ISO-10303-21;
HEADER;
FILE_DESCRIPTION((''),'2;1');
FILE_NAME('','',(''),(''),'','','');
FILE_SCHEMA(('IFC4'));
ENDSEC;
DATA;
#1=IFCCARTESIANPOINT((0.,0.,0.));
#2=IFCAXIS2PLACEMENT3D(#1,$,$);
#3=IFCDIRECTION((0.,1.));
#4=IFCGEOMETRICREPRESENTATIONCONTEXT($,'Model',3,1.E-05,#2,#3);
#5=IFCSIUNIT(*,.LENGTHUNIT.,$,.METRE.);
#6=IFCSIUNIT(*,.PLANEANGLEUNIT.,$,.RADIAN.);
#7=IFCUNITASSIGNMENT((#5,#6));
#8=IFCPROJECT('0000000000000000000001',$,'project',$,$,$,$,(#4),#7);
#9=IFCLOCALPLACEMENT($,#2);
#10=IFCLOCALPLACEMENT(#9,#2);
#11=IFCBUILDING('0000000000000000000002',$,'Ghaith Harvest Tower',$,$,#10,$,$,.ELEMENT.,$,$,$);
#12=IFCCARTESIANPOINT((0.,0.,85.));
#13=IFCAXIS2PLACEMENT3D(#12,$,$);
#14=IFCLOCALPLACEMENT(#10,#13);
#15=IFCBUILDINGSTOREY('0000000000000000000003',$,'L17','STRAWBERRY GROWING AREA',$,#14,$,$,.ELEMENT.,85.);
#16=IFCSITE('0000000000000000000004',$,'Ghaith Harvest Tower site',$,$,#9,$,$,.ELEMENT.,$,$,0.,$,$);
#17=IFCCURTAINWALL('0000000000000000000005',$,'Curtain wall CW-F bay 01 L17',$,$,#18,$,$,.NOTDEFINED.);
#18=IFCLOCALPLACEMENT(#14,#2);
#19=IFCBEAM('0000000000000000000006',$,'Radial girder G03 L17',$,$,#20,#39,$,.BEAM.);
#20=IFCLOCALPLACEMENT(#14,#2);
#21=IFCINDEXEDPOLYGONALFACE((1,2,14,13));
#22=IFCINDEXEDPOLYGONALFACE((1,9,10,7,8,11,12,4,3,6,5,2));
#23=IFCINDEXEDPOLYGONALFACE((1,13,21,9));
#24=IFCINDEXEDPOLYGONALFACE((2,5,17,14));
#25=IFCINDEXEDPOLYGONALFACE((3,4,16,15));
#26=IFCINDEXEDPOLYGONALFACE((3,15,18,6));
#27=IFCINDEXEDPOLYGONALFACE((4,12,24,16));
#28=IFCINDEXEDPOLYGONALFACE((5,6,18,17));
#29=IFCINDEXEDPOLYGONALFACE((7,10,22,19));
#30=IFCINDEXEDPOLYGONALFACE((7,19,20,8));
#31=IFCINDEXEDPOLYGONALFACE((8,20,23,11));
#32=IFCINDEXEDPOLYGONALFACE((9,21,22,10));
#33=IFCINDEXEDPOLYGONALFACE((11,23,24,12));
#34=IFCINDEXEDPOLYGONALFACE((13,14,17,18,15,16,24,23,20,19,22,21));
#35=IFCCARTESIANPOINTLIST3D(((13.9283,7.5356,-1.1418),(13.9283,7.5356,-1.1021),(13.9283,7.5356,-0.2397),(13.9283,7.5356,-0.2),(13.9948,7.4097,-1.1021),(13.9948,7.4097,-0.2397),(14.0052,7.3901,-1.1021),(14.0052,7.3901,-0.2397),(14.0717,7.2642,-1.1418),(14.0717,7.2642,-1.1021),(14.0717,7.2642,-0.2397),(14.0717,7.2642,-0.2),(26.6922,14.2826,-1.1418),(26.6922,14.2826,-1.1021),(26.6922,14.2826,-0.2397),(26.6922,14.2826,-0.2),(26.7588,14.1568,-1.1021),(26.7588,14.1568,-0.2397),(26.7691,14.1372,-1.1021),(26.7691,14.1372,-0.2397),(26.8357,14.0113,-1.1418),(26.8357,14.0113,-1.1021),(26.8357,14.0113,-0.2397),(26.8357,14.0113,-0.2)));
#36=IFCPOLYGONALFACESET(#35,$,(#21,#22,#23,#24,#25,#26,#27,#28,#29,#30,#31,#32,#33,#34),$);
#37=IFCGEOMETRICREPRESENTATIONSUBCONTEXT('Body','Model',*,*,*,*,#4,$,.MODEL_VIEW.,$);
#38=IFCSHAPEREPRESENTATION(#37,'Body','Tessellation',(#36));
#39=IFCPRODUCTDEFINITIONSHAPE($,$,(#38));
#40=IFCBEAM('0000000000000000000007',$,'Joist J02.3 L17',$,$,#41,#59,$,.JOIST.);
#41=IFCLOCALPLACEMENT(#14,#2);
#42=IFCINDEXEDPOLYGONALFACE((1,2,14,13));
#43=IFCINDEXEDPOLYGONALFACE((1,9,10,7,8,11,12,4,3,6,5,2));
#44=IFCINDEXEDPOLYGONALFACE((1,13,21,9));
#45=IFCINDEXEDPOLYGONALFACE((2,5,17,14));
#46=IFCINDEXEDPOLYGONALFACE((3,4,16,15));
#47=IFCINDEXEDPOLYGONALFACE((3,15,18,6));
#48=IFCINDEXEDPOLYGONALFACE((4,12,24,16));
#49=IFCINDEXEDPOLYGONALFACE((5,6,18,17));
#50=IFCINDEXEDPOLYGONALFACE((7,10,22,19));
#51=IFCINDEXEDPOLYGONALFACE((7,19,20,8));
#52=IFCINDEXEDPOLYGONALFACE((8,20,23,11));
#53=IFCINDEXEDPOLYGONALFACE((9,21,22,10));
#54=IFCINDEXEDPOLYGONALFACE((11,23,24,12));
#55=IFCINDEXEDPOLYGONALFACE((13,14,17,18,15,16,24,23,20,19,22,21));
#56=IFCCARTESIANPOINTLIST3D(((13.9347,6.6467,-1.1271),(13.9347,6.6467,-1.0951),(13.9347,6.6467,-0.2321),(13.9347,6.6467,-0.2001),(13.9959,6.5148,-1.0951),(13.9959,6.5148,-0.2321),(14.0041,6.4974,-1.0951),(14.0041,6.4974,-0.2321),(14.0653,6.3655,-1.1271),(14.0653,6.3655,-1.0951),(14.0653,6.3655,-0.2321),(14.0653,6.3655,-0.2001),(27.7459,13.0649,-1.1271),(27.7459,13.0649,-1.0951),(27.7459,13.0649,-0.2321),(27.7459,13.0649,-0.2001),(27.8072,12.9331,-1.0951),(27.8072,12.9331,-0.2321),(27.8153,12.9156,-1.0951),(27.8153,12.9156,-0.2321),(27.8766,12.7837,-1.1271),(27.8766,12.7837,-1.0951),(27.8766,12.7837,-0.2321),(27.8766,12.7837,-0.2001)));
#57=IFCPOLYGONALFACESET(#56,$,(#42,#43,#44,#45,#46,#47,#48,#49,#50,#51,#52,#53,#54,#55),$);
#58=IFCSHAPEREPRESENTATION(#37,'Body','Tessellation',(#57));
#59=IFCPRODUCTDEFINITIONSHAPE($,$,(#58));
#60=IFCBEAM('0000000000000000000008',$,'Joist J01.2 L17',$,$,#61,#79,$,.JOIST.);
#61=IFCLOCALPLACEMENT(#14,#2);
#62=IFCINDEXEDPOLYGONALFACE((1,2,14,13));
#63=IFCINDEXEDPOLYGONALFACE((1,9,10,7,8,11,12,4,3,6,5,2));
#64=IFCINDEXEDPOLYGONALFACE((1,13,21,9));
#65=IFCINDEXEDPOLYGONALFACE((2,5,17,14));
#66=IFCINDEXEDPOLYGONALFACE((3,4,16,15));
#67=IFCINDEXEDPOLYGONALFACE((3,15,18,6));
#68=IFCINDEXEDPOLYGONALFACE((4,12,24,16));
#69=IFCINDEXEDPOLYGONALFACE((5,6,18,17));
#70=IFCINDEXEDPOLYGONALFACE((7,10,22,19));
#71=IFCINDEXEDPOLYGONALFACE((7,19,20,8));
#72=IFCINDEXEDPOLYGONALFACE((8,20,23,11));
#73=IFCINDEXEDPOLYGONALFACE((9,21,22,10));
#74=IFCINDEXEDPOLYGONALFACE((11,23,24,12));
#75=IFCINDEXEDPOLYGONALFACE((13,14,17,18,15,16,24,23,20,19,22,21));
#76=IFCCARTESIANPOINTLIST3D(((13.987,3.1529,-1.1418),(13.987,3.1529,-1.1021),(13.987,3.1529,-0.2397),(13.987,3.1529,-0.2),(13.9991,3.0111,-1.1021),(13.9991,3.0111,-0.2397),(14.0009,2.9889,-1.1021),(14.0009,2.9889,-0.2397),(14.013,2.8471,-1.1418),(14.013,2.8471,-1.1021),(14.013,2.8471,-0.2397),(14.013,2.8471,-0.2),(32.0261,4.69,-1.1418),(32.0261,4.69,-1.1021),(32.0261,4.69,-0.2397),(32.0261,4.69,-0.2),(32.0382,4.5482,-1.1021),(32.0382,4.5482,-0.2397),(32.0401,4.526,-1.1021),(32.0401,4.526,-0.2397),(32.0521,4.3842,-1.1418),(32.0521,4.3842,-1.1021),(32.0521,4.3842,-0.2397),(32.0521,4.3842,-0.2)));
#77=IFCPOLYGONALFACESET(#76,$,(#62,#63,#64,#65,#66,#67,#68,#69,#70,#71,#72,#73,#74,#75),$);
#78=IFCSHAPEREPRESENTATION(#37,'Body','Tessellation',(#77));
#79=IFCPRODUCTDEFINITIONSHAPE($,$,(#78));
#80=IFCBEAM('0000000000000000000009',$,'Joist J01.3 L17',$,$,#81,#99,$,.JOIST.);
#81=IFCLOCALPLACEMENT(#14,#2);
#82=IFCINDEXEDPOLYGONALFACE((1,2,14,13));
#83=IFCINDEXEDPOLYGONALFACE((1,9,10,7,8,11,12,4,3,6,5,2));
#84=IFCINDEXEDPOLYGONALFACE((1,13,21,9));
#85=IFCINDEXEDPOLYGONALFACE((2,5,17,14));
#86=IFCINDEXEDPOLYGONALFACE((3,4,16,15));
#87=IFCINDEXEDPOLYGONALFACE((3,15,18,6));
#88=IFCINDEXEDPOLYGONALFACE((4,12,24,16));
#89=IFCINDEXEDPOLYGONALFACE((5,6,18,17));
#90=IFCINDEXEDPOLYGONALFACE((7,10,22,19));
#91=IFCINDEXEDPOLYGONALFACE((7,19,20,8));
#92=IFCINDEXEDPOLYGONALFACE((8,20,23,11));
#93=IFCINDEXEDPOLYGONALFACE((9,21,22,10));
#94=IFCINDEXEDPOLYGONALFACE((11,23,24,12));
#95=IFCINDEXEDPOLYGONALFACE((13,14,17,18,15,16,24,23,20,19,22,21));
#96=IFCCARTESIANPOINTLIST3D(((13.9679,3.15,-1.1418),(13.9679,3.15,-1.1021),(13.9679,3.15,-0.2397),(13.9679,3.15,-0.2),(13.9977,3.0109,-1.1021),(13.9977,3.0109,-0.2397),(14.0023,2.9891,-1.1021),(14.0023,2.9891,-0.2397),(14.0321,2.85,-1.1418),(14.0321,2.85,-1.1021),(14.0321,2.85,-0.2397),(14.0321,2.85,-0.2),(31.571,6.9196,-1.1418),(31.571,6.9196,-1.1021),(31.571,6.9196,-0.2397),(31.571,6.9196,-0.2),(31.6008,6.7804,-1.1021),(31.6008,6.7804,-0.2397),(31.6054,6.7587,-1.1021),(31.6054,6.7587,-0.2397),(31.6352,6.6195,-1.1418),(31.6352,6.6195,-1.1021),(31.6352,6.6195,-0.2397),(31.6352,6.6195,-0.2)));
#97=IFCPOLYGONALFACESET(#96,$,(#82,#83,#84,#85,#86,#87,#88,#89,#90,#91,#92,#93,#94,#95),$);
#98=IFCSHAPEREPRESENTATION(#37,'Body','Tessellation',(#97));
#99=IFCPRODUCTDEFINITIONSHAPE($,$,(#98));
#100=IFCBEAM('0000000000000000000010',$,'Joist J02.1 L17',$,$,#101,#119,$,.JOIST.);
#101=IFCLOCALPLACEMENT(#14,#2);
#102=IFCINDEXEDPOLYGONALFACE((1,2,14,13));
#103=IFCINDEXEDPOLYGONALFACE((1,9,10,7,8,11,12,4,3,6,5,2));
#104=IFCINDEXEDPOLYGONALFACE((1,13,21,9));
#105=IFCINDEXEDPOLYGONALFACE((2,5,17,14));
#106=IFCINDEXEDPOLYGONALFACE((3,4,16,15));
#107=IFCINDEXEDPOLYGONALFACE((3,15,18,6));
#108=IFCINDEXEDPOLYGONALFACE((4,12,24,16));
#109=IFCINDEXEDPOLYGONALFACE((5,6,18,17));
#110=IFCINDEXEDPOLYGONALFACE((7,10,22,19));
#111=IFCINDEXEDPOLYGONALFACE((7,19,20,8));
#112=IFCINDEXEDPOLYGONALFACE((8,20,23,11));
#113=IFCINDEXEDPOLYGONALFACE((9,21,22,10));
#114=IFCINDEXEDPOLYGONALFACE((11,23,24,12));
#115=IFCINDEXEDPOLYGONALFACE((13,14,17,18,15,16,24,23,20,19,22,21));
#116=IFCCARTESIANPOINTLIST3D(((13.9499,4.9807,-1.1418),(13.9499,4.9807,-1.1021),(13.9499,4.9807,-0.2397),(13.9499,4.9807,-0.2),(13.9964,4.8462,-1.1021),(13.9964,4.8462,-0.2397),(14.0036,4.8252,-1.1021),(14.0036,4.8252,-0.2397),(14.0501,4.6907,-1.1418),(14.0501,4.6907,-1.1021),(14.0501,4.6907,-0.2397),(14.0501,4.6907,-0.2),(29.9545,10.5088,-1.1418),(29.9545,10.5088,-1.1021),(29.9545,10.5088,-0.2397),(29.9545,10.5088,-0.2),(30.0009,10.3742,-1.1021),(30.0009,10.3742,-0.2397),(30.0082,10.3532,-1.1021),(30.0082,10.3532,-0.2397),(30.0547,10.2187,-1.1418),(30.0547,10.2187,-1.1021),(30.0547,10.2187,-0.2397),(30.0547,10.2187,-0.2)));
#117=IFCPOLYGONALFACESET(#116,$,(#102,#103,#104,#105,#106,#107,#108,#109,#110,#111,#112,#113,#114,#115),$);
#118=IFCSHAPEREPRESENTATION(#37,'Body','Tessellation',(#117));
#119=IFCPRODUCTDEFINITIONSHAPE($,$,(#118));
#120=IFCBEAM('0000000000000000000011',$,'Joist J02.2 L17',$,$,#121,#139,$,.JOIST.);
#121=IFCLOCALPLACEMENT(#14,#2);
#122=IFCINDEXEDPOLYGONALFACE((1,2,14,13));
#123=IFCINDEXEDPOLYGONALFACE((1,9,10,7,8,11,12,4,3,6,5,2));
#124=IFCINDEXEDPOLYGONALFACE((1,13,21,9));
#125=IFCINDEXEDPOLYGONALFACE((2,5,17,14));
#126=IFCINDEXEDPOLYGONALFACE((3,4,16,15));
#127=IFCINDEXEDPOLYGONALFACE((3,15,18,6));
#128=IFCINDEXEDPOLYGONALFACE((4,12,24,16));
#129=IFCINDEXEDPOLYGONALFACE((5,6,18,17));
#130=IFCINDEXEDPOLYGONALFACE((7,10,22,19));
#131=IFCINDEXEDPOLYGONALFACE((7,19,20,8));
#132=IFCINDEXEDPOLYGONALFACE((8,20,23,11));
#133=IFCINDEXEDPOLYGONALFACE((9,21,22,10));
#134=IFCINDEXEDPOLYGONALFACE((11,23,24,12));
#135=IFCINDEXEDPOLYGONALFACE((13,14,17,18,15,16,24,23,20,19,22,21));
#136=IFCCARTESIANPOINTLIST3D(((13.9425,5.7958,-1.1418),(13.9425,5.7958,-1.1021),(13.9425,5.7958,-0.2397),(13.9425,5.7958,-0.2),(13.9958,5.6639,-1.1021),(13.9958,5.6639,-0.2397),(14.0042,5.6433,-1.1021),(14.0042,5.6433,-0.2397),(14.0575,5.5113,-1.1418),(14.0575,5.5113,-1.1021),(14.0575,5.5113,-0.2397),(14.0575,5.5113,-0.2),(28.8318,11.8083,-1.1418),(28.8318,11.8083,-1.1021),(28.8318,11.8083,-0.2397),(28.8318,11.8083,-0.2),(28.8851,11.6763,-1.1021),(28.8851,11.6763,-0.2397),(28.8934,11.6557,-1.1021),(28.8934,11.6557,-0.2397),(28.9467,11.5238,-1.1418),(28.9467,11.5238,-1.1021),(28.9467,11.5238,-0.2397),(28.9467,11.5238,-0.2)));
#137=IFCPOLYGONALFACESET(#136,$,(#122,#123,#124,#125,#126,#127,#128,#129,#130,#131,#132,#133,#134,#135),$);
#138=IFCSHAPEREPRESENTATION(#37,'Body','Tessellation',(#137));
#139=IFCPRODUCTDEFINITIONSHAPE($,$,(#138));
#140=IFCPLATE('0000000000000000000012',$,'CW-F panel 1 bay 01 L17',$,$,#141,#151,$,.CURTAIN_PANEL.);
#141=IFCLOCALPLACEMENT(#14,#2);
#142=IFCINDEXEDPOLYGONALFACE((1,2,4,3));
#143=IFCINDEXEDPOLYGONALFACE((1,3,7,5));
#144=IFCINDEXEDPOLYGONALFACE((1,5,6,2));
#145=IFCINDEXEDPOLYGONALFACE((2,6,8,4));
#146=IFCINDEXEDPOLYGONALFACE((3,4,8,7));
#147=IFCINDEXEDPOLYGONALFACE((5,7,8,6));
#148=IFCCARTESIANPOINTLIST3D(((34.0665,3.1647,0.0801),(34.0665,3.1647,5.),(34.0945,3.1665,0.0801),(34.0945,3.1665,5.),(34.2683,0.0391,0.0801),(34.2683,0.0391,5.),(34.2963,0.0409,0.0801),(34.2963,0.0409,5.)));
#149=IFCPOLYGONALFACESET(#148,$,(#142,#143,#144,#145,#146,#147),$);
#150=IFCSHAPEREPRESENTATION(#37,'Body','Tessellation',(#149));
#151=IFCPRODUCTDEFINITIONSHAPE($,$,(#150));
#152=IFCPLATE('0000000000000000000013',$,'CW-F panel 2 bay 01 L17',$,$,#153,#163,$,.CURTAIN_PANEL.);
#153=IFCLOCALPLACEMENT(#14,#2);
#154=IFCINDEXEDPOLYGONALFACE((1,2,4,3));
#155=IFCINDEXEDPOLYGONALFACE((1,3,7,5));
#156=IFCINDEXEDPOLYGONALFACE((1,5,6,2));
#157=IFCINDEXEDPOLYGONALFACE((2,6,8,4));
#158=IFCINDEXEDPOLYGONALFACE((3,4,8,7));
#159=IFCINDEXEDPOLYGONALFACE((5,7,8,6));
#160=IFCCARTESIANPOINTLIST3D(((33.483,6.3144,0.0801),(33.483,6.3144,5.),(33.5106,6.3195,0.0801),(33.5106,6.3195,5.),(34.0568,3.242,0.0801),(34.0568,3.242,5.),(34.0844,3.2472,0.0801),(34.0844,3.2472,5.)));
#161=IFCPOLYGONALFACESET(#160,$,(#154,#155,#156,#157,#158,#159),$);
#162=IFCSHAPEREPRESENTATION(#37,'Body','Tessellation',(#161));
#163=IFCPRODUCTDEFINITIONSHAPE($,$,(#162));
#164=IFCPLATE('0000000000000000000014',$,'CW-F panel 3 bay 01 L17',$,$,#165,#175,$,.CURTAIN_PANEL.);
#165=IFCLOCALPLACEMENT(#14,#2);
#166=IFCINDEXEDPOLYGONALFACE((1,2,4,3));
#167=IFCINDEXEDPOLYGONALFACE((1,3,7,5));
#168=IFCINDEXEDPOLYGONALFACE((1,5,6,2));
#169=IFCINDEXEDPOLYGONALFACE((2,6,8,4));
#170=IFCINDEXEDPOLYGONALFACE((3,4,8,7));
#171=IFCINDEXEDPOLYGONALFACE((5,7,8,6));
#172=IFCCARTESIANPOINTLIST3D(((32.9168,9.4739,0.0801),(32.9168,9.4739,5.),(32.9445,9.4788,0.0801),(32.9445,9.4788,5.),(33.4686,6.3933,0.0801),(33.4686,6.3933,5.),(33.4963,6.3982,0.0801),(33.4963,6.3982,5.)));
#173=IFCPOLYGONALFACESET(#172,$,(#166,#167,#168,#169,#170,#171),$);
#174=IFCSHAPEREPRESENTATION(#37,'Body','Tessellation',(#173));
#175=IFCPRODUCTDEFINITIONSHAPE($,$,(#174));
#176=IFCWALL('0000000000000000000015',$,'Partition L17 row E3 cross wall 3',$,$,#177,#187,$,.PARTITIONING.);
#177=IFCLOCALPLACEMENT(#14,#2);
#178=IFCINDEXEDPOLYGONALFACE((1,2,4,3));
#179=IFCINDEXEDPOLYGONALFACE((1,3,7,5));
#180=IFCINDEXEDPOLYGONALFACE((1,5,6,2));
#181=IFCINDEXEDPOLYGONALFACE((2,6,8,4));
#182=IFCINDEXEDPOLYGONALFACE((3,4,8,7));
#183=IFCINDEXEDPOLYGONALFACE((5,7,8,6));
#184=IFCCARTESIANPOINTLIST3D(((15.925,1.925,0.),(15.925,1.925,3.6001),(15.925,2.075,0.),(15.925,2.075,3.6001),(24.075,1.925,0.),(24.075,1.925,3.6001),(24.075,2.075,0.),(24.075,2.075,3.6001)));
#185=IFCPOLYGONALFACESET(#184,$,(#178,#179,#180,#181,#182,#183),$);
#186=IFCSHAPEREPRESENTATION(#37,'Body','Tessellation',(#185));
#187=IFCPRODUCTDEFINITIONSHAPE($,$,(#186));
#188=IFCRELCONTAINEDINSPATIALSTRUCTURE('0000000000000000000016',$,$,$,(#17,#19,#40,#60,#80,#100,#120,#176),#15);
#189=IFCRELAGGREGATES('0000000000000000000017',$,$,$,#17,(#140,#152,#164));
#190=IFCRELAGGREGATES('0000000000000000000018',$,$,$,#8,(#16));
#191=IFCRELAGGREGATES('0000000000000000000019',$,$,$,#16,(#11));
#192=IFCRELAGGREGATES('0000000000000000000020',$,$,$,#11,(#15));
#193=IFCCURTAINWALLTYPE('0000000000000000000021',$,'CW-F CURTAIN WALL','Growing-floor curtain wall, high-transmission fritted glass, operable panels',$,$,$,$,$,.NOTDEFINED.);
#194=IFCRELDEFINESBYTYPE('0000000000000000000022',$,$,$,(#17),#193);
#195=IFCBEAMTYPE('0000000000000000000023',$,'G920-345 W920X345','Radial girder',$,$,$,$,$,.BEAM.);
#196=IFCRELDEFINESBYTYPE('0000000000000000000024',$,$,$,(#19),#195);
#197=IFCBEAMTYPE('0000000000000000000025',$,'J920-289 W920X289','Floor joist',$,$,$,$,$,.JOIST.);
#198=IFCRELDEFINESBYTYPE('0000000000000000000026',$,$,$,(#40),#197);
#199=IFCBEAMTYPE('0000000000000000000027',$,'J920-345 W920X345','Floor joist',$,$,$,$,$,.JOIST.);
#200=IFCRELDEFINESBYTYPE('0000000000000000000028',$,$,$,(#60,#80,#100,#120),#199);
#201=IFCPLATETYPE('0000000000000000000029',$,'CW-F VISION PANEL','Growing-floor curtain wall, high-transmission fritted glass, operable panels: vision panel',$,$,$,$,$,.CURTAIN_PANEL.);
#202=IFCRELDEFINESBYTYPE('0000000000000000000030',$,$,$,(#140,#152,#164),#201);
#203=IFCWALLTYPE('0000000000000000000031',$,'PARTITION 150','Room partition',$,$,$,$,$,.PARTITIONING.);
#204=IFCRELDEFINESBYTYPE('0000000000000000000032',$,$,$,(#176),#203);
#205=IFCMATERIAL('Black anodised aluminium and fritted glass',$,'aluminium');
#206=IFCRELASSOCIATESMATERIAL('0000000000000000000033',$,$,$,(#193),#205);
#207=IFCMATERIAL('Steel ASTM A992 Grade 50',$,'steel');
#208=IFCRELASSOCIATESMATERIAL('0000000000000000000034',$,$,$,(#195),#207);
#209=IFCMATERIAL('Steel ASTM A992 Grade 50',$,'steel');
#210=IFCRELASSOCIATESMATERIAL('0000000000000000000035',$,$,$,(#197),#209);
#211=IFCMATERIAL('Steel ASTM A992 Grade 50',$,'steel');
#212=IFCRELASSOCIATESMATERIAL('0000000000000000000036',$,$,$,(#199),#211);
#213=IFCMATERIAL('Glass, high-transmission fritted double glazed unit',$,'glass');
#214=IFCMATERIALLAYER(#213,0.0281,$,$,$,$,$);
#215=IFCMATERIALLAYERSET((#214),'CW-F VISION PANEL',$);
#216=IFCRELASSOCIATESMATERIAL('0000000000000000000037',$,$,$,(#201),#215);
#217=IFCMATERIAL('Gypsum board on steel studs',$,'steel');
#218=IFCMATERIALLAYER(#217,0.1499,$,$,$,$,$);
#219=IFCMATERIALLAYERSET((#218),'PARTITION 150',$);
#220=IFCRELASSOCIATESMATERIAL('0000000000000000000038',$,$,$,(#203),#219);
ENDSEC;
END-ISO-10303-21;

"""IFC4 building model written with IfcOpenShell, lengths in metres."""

from ifc_helpers import new_model, si_unit, direction, frame, frame_2d, origin, origin_2d, place, context, subcontext, project, spatial, rectangle, i_section, extrude, material, layer, layer_set, material_profile, profile_set, type_object, element, aggregate, save


model = new_model("IFC4")

# Units and contexts
model_context = context("Model", 3, precision=1e-05, world=origin(), true_north=direction((0.0, 1.0)))
body_context = subcontext(model_context, "Body", "Model", "MODEL_VIEW")
ifc_project = project(units=[si_unit("LENGTHUNIT", "METRE"), si_unit("PLANEANGLEUNIT", "RADIAN")], contexts=[model_context])

# Site, building, storey
site_placement = place(None, origin())
site = spatial("IfcSite", under=ifc_project, at=site_placement, Name="Ghaith Harvest Tower site", CompositionType="ELEMENT", RefElevation=0.0)
building_placement = place(site_placement, origin())
building = spatial("IfcBuilding", under=site, at=building_placement, Name="Ghaith Harvest Tower", CompositionType="ELEMENT")
storey_placement = place(building_placement, frame((0.0, 0.0, 85.0)))
storey = spatial("IfcBuildingStorey", under=building, at=storey_placement, Name="L17", Description="STRAWBERRY GROWING AREA", CompositionType="ELEMENT", Elevation=85.0)

# Curtain wall
ifc_material_1 = material(Name="Black anodised aluminium and fritted glass", Category="aluminium")
curtain_wall_type = type_object("IfcCurtainWallType", Name="CW-F CURTAIN WALL", Description="Growing-floor curtain wall, high-transmission fritted glass, operable panels", PredefinedType="NOTDEFINED", material=ifc_material_1)
curtain_wall_placement = place(storey_placement, origin())
curtain_wall = element("IfcCurtainWall", 1, at=curtain_wall_placement, inside=storey, type_object=curtain_wall_type, Name="Curtain wall CW-F bay 01 L17", PredefinedType="NOTDEFINED")

# Beams
ifc_material_2 = material(Name="Steel ASTM A992 Grade 50", Category="steel")
ifc_material_profile_1 = material_profile(ifc_material_2, i_section(OverallWidth=0.3069, OverallDepth=0.9419, WebThickness=0.0222, FlangeThickness=0.0398, at=origin_2d()), Name="W920X345")
ifc_profile_set_1 = profile_set([ifc_material_profile_1], Name="Steel ASTM A992 Grade 50")
beam_type_1 = type_object("IfcBeamType", Name="G920-345 W920X345", Description="Radial girder", PredefinedType="BEAM", material=ifc_profile_set_1)
beam_1_placement = place(storey_placement, frame((14.0, 7.3999, -0.6709), z_axis=(0.884083, 0.467331, 0.0), x_axis=(-0.467331, 0.884083, 0.0)))
element("IfcBeam", 2, at=beam_1_placement, inside=storey, type_object=beam_type_1, Name="Radial girder G03 L17", PredefinedType="BEAM", context=body_context, shape_type="SweptSolid", body=[
    extrude(i_section(OverallWidth=0.3069, OverallDepth=0.9419, WebThickness=0.0222, FlangeThickness=0.0398, at=origin_2d()), origin(), (0.0, 0.0, 1.0), 14.4375),
])
ifc_material_3 = material(Name="Steel ASTM A992 Grade 50", Category="steel")
ifc_material_profile_2 = material_profile(ifc_material_3, i_section(OverallWidth=0.3101, OverallDepth=0.927, WebThickness=0.0193, FlangeThickness=0.032, at=origin_2d()), Name="W920X289")
ifc_profile_set_2 = profile_set([ifc_material_profile_2], Name="Steel ASTM A992 Grade 50")
beam_type_2 = type_object("IfcBeamType", Name="J920-289 W920X289", Description="Floor joist", PredefinedType="JOIST", material=ifc_profile_set_2)
beam_2_placement = place(storey_placement, frame((14.0, 6.5061, -0.6636), z_axis=(0.906863, 0.421426, 0.0), x_axis=(-0.421426, 0.906863, 0.0)))
element("IfcBeam", 3, at=beam_2_placement, inside=storey, type_object=beam_type_2, Name="Joist J02.3 L17", PredefinedType="JOIST", context=body_context, shape_type="SweptSolid", body=[
    extrude(i_section(OverallWidth=0.3101, OverallDepth=0.927, WebThickness=0.0193, FlangeThickness=0.032, at=origin_2d()), origin(), (0.0, 0.0, 1.0), 15.2297),
])
ifc_material_4 = material(Name="Steel ASTM A992 Grade 50", Category="steel")
ifc_material_profile_3 = material_profile(ifc_material_4, i_section(OverallWidth=0.3069, OverallDepth=0.9419, WebThickness=0.0222, FlangeThickness=0.0398, at=origin_2d()), Name="W920X345")
ifc_profile_set_3 = profile_set([ifc_material_profile_3], Name="Steel ASTM A992 Grade 50")
beam_type_3 = type_object("IfcBeamType", Name="J920-345 W920X345", Description="Floor joist", PredefinedType="JOIST", material=ifc_profile_set_3)
beam_3_placement = place(storey_placement, frame((14.0, 3.0, -0.6709), z_axis=(0.996389, 0.084902, 0.0), x_axis=(-0.084902, 0.996389, 0.0)))
element("IfcBeam", 4, at=beam_3_placement, inside=storey, type_object=beam_type_3, Name="Joist J01.2 L17", PredefinedType="JOIST", context=body_context, shape_type="SweptSolid", body=[
    extrude(i_section(OverallWidth=0.3069, OverallDepth=0.9419, WebThickness=0.0222, FlangeThickness=0.0398, at=origin_2d()), origin(), (0.0, 0.0, 1.0), 18.1045),
])
beam_4_placement = place(storey_placement, frame((14.0, 3.0, -0.6709), z_axis=(0.977831, 0.209394, 0.0), x_axis=(-0.209394, 0.977831, 0.0)))
element("IfcBeam", 5, at=beam_4_placement, inside=storey, type_object=beam_type_3, Name="Joist J01.3 L17", PredefinedType="JOIST", context=body_context, shape_type="SweptSolid", body=[
    extrude(i_section(OverallWidth=0.3069, OverallDepth=0.9419, WebThickness=0.0222, FlangeThickness=0.0398, at=origin_2d()), origin(), (0.0, 0.0, 1.0), 18.0022),
])
beam_5_placement = place(storey_placement, frame((14.0, 4.8357, -0.6709), z_axis=(0.945205, 0.326478, 0.0), x_axis=(-0.326478, 0.945205, 0.0)))
element("IfcBeam", 6, at=beam_5_placement, inside=storey, type_object=beam_type_3, Name="Joist J02.1 L17", PredefinedType="JOIST", context=body_context, shape_type="SweptSolid", body=[
    extrude(i_section(OverallWidth=0.3069, OverallDepth=0.9419, WebThickness=0.0222, FlangeThickness=0.0398, at=origin_2d()), origin(), (0.0, 0.0, 1.0), 16.9324),
])
beam_6_placement = place(storey_placement, frame((14.0, 5.6536, -0.6709), z_axis=(0.927252, 0.374437, 0.0), x_axis=(-0.374437, 0.927252, 0.0)))
element("IfcBeam", 7, at=beam_6_placement, inside=storey, type_object=beam_type_3, Name="Joist J02.2 L17", PredefinedType="JOIST", context=body_context, shape_type="SweptSolid", body=[
    extrude(i_section(OverallWidth=0.3069, OverallDepth=0.9419, WebThickness=0.0222, FlangeThickness=0.0398, at=origin_2d()), origin(), (0.0, 0.0, 1.0), 16.0574),
])

# Plates
ifc_material_5 = material(Name="Glass, high-transmission fritted double glazed unit", Category="glass")
ifc_layer_1 = layer(ifc_material_5, 0.0281)
ifc_layer_set_1 = layer_set([ifc_layer_1], Name="CW-F VISION PANEL")
plate_type = type_object("IfcPlateType", Name="CW-F VISION PANEL", Description="Growing-floor curtain wall, high-transmission fritted glass, operable panels: vision panel", PredefinedType="CURTAIN_PANEL", material=ifc_layer_set_1)
plate_1_placement = place(storey_placement, frame((34.1814, 1.6028, 0.0801), z_axis=(0.0, 0.0, 1.0), x_axis=(-0.064446, 0.997921, 0.0)))
plate_1 = element("IfcPlate", 8, at=plate_1_placement, type_object=plate_type, Name="CW-F panel 1 bay 01 L17", PredefinedType="CURTAIN_PANEL", context=body_context, shape_type="SweptSolid", body=[
    extrude(rectangle(XDim=3.1321, YDim=0.0281, at=origin_2d()), origin(), (0.0, 0.0, 1.0), 4.9199),
])
plate_2_placement = place(storey_placement, frame((33.7837, 4.7808, 0.0801), z_axis=(0.0, 0.0, 1.0), x_axis=(-0.183569, 0.983007, 0.0)))
plate_2 = element("IfcPlate", 9, at=plate_2_placement, type_object=plate_type, Name="CW-F panel 2 bay 01 L17", PredefinedType="CURTAIN_PANEL", context=body_context, shape_type="SweptSolid", body=[
    extrude(rectangle(XDim=3.1255, YDim=0.0281, at=origin_2d()), origin(), (0.0, 0.0, 1.0), 4.9199),
])
plate_3_placement = place(storey_placement, frame((33.2065, 7.936, 0.0801), z_axis=(0.0, 0.0, 1.0), x_axis=(-0.17632, 0.984333, 0.0)))
plate_3 = element("IfcPlate", 10, at=plate_3_placement, type_object=plate_type, Name="CW-F panel 3 bay 01 L17", PredefinedType="CURTAIN_PANEL", context=body_context, shape_type="SweptSolid", body=[
    extrude(rectangle(XDim=3.1296, YDim=0.0281, at=origin_2d()), origin(), (0.0, 0.0, 1.0), 4.9199),
])
aggregate(curtain_wall, [plate_1, plate_2, plate_3])

# Wall
ifc_material_6 = material(Name="Gypsum board on steel studs", Category="steel")
ifc_layer_2 = layer(ifc_material_6, 0.1499)
ifc_layer_set_2 = layer_set([ifc_layer_2], Name="PARTITION 150")
wall_type_1 = type_object("IfcWallType", Name="PARTITION 150", Description="Room partition", PredefinedType="PARTITIONING", material=ifc_layer_set_2)
wall_1_placement = place(storey_placement, frame((15.925, 2.0, 0.0), z_axis=(0.0, 0.0, 1.0), x_axis=(1.0, 0.0, 0.0)))
element("IfcWall", 11, at=wall_1_placement, inside=storey, type_object=wall_type_1, Name="Partition L17 row E3 cross wall 3", PredefinedType="PARTITIONING", context=body_context, shape_type="SweptSolid", body=[
    extrude(rectangle(XDim=8.1499, YDim=0.1499, at=frame_2d((4.075, 0.0))), origin(), (0.0, 0.0, 1.0), 3.6001),
])

save(model, "model.ifc")
